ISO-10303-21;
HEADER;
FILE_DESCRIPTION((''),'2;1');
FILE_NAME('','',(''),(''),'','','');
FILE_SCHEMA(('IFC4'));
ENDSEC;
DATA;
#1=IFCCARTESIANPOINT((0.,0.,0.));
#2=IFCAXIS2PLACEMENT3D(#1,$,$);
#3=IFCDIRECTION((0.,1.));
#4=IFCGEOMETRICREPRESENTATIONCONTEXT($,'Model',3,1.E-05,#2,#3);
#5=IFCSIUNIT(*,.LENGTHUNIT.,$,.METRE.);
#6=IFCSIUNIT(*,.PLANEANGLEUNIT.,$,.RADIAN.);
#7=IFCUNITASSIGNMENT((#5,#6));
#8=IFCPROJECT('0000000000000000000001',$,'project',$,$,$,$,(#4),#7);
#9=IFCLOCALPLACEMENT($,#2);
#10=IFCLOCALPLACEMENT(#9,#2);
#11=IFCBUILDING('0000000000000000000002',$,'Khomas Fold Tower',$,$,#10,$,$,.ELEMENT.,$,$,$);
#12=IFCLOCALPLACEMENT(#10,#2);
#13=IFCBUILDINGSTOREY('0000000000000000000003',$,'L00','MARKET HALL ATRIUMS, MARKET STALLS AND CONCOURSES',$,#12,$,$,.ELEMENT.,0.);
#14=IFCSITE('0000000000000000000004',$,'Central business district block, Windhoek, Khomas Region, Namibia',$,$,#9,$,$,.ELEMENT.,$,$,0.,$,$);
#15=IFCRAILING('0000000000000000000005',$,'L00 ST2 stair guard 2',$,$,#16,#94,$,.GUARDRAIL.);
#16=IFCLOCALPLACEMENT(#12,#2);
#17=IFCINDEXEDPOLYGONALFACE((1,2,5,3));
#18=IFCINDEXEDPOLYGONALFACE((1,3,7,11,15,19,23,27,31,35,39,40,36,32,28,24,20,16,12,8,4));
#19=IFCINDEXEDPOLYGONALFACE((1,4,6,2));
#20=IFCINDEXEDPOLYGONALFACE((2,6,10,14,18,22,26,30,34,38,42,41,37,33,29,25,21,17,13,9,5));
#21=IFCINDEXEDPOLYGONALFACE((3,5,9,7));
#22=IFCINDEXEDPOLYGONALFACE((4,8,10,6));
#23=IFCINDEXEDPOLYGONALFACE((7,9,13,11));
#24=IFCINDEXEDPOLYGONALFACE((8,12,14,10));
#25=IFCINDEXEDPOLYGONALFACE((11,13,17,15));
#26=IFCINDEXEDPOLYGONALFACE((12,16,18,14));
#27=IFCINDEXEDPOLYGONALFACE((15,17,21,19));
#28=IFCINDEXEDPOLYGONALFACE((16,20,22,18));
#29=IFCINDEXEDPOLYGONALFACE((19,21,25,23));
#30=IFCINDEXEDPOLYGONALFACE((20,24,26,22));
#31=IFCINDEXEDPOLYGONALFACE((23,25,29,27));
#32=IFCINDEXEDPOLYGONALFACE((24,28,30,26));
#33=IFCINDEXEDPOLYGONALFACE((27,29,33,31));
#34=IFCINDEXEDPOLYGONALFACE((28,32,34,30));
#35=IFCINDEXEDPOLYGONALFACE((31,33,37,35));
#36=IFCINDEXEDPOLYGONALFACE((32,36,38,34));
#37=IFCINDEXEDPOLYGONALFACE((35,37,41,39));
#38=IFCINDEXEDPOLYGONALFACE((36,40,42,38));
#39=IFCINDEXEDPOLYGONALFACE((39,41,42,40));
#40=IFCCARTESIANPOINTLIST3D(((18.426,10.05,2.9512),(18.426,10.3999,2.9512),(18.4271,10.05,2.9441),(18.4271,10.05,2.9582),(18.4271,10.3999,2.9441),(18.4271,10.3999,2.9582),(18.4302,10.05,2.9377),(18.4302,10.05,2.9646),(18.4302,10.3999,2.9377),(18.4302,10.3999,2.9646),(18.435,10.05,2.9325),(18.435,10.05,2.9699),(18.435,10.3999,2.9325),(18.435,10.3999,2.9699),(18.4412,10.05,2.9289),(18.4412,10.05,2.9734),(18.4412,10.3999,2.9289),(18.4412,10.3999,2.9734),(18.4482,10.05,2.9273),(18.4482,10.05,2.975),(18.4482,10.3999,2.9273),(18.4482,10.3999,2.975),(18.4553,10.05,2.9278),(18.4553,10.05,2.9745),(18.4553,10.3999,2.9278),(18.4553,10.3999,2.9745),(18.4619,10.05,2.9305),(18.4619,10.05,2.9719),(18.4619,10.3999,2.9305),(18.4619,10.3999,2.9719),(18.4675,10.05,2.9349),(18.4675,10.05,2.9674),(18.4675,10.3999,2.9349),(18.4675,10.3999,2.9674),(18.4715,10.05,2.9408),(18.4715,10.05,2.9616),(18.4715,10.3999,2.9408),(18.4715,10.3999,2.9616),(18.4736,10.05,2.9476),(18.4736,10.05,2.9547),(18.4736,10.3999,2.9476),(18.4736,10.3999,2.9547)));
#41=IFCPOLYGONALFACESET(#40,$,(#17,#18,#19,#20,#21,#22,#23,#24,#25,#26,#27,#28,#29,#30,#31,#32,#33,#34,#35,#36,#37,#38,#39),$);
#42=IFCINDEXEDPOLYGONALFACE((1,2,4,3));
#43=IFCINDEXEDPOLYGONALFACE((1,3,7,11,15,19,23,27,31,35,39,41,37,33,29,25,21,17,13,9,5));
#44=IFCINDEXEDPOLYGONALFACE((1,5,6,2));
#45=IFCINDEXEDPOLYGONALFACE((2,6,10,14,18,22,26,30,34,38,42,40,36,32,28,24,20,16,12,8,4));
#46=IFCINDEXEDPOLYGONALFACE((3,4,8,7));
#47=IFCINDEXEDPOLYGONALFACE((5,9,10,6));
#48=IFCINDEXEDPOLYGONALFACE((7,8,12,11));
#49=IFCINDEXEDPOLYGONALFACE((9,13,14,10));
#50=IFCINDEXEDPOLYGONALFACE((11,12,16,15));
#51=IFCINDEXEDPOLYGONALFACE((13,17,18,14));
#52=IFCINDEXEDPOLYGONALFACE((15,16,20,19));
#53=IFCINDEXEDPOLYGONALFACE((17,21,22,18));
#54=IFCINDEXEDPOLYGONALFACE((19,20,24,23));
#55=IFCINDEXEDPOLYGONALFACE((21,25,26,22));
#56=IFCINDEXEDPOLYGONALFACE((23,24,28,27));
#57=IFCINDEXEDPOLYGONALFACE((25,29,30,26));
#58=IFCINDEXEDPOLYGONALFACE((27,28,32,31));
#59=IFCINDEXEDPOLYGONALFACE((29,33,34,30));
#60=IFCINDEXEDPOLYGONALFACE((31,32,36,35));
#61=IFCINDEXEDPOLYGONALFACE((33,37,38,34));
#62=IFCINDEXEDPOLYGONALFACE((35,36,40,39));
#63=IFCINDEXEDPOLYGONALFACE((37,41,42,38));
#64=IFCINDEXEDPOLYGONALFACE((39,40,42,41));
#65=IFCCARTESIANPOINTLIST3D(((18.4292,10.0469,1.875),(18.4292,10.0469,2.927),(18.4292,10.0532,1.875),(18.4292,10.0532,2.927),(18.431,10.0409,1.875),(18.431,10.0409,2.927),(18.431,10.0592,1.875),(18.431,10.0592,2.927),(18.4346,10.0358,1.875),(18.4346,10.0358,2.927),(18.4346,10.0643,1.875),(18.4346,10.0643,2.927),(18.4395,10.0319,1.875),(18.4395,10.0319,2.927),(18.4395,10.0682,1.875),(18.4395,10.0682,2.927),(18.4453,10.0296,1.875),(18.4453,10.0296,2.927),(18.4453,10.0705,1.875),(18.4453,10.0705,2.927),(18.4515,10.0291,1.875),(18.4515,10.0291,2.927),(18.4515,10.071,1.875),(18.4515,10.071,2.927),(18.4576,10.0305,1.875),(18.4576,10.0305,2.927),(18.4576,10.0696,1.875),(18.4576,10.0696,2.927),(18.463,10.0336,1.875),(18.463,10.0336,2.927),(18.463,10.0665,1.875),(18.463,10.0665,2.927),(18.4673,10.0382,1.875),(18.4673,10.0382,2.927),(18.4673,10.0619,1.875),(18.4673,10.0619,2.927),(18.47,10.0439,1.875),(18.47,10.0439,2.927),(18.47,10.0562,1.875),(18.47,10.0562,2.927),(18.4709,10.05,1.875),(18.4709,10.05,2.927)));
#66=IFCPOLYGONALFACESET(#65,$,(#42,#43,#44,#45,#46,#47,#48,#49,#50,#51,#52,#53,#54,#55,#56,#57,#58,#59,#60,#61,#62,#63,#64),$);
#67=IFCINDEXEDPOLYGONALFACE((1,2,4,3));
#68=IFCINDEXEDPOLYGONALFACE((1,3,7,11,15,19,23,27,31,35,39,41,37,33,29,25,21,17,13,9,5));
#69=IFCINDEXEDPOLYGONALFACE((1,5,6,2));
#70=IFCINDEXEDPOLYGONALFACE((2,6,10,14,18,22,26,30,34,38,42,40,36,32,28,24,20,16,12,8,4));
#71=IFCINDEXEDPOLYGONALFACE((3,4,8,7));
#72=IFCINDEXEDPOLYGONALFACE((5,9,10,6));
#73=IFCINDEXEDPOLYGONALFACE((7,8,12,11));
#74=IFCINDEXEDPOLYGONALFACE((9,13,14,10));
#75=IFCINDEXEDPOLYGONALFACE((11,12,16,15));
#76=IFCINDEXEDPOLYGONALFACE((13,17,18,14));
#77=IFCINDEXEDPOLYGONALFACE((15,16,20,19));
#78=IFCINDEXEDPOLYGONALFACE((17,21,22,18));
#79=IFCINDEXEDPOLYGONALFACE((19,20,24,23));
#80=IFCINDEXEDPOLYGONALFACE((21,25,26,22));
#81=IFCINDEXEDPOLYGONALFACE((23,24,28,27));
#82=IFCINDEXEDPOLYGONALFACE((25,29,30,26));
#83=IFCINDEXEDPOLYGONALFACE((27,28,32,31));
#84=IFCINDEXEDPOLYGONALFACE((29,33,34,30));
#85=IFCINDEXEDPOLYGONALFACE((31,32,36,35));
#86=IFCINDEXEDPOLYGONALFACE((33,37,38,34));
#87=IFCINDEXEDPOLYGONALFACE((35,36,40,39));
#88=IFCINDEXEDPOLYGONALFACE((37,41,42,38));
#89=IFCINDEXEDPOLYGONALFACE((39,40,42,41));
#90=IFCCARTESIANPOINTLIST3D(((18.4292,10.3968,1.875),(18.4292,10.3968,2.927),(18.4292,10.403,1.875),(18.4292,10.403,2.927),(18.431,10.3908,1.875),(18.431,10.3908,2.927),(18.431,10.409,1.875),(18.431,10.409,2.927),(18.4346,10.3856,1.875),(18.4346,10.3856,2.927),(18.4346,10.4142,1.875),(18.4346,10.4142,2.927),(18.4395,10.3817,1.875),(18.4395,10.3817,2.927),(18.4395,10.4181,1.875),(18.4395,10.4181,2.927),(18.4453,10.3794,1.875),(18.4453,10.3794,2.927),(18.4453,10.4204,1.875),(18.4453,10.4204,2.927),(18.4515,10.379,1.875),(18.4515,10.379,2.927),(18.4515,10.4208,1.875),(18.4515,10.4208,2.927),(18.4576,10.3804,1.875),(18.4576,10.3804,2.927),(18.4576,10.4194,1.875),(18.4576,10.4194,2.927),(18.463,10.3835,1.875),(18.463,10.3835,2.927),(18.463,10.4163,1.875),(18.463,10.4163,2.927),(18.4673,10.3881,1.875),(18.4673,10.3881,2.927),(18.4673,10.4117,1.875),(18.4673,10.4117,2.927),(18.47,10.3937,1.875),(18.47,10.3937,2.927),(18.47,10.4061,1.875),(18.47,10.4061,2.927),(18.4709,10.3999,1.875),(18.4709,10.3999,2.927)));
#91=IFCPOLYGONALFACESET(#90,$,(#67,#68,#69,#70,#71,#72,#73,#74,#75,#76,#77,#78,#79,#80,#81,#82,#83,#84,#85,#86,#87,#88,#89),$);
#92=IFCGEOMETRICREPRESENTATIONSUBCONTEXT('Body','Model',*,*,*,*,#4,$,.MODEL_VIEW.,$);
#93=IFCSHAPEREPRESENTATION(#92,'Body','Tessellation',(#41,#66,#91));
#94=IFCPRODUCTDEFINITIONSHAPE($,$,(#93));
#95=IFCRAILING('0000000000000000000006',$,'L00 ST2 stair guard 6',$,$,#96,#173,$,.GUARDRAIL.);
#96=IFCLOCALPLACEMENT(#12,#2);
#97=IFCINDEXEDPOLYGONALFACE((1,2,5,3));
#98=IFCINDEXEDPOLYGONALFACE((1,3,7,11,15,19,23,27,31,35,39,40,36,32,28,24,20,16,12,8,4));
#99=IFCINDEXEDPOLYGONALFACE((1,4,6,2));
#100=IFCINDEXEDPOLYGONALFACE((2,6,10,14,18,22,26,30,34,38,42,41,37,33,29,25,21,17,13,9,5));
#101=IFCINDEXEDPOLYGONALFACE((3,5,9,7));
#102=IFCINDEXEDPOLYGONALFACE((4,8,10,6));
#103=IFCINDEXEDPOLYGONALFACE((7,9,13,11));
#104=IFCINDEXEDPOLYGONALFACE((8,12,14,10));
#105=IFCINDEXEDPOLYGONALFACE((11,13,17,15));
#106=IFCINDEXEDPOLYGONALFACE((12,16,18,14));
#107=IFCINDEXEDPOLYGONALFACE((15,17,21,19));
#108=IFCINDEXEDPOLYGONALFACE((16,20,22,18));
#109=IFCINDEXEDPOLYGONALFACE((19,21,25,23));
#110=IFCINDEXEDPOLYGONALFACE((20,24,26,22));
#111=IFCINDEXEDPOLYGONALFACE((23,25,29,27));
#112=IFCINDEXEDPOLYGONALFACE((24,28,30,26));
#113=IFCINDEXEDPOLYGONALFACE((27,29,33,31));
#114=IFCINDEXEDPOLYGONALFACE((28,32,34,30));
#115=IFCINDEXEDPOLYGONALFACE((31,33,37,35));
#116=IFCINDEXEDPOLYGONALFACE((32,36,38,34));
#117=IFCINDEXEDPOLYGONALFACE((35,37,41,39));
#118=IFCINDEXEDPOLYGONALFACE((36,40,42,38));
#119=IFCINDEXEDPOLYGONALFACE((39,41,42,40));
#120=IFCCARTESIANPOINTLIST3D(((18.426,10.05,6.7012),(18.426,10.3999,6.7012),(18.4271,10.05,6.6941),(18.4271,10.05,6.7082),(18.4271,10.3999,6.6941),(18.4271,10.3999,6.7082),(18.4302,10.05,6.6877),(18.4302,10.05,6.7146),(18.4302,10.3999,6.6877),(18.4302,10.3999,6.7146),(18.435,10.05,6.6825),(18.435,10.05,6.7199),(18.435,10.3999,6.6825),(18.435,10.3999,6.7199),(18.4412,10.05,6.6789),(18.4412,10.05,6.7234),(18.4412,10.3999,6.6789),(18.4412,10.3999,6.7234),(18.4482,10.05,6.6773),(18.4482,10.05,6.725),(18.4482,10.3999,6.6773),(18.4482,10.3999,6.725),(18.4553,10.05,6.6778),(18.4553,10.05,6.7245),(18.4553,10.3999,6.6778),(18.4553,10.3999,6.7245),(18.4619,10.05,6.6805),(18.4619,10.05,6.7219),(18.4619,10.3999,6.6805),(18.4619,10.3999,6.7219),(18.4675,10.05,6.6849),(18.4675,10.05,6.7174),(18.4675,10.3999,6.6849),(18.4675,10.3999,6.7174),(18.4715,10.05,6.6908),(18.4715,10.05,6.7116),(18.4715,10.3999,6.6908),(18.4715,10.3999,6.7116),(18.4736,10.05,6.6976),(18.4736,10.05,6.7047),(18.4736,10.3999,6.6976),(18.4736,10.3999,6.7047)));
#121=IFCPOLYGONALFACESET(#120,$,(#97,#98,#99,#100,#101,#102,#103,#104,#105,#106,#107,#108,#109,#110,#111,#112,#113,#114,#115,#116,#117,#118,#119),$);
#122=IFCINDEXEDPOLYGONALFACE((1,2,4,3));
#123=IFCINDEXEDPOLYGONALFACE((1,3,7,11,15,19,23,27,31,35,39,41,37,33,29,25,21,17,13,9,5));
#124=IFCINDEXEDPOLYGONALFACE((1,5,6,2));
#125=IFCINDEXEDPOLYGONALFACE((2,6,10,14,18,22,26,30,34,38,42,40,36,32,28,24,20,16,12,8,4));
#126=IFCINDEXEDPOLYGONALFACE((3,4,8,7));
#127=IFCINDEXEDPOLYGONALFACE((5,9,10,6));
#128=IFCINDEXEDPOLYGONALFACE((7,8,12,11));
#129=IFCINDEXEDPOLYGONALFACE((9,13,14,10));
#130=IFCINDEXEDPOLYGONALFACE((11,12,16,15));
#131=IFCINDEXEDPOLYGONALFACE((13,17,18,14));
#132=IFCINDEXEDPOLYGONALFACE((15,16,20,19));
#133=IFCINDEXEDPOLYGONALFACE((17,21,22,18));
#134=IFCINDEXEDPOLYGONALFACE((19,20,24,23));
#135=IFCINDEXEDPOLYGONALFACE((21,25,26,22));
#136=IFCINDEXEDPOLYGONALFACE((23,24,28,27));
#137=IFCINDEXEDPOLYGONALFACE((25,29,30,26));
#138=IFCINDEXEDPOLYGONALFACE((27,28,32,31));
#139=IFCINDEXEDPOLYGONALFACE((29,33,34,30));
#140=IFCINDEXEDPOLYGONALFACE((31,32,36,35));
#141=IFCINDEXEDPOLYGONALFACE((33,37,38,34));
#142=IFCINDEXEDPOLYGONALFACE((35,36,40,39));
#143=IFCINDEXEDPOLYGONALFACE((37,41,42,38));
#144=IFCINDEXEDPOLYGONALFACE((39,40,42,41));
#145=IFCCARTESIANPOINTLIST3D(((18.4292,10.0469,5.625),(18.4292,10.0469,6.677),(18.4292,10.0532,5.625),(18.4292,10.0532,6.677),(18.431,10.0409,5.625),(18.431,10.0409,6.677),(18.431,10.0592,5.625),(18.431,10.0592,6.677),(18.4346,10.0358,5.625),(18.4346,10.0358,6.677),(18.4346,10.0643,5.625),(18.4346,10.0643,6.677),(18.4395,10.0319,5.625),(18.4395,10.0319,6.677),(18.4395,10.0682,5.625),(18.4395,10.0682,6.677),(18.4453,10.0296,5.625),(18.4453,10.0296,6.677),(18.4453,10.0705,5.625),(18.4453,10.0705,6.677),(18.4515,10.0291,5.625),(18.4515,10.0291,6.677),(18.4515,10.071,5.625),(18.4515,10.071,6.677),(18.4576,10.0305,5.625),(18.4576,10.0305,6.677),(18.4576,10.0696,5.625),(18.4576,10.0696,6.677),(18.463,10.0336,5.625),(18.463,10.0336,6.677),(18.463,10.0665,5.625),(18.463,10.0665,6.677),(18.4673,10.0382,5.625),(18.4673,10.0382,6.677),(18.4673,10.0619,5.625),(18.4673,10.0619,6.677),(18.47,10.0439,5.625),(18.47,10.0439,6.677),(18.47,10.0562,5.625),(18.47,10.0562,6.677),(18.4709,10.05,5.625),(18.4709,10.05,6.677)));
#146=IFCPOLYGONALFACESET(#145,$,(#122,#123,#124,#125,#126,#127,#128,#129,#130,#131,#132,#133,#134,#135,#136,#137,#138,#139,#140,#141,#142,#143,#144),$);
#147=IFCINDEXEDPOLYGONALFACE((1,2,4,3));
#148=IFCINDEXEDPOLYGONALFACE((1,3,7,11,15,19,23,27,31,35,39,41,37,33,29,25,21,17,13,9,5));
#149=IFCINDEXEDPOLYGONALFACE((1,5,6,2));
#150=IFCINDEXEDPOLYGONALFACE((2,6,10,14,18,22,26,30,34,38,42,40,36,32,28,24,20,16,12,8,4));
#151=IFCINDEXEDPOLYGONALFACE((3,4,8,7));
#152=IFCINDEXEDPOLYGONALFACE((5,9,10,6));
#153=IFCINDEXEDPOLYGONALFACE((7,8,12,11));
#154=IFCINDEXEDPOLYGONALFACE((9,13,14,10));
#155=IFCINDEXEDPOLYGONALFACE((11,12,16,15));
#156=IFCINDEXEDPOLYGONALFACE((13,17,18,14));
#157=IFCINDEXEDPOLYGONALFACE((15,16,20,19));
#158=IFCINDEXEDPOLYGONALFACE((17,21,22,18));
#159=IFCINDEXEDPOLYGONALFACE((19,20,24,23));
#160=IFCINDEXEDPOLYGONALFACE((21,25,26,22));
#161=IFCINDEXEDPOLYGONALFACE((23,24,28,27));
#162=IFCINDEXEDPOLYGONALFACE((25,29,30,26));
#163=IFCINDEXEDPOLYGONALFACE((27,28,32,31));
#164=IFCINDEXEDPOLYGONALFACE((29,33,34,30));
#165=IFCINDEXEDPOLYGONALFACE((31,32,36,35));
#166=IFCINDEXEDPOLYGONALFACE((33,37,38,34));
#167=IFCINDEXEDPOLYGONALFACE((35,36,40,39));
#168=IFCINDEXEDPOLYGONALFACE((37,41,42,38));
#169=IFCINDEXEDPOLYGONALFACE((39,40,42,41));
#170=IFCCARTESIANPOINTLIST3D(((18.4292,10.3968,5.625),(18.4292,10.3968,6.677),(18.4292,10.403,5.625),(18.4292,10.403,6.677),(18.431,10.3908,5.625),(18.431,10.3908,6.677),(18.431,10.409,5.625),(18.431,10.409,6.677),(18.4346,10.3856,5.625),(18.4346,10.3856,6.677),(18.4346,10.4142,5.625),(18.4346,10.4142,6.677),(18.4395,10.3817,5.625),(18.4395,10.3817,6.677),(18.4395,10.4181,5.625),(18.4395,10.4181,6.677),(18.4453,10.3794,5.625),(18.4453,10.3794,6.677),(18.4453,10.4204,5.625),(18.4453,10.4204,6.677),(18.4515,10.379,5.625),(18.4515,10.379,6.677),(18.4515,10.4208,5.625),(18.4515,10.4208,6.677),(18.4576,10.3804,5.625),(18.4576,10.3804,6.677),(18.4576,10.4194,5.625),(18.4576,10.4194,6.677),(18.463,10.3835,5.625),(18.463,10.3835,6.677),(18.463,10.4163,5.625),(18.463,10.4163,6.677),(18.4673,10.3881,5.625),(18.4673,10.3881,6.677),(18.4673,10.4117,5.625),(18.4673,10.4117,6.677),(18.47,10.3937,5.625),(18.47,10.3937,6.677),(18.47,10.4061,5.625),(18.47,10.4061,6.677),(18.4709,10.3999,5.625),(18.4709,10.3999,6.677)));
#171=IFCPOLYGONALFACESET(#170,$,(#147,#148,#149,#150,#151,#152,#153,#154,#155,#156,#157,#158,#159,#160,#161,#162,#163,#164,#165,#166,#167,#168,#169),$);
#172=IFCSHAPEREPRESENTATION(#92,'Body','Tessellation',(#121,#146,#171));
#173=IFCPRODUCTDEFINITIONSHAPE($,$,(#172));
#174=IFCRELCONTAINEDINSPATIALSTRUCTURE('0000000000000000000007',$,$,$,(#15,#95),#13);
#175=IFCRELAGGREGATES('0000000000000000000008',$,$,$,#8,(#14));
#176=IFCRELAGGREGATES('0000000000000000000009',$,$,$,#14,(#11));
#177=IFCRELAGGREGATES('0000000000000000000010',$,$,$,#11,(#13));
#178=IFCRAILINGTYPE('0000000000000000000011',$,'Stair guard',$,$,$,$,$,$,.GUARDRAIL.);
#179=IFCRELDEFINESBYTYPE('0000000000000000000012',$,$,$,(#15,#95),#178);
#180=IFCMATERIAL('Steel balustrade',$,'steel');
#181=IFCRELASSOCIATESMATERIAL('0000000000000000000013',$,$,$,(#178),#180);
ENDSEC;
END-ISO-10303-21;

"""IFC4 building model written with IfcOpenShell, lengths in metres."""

from ifc_helpers import new_model, si_unit, direction, frame, origin, origin_2d, place, context, subcontext, project, spatial, circle, extrude, source, transform, mapped, material, type_object, element, save


model = new_model("IFC4")

# Units and contexts
model_context = context("Model", 3, precision=1e-05, world=origin(), true_north=direction((0.0, 1.0)))
body_context = subcontext(model_context, "Body", "Model", "MODEL_VIEW")
ifc_project = project(units=[si_unit("LENGTHUNIT", "METRE"), si_unit("PLANEANGLEUNIT", "RADIAN")], contexts=[model_context])

# Site, building, storey
site_placement = place(None, origin())
site = spatial("IfcSite", under=ifc_project, at=site_placement, Name="Central business district block, Windhoek, Khomas Region, Namibia", CompositionType="ELEMENT", RefElevation=0.0)
building_placement = place(site_placement, origin())
building = spatial("IfcBuilding", under=site, at=building_placement, Name="Khomas Fold Tower", CompositionType="ELEMENT")
storey_placement = place(building_placement, origin())
storey = spatial("IfcBuildingStorey", under=building, at=storey_placement, Name="L00", Description="MARKET HALL ATRIUMS, MARKET STALLS AND CONCOURSES", CompositionType="ELEMENT", Elevation=0.0)

# Railings
ifc_material_1 = material(Name="Steel balustrade", Category="steel")
railing_type_1 = type_object("IfcRailingType", Name="Stair guard", PredefinedType="GUARDRAIL", material=ifc_material_1)
shared_shape_1 = source(origin(), body_context, "Body", "SweptSolid", [
    extrude(circle(Radius=0.0239, at=origin_2d()), frame((0.0, 0.0, 1.0762), z_axis=(0.0, 1.0, 0.0), x_axis=(-1.0, 0.0, 0.0)), (0.0, 0.0, 1.0), 0.3499),
    extrude(circle(Radius=0.021, at=origin_2d()), origin(), (0.0, 0.0, 1.0), 1.052),
    extrude(circle(Radius=0.021, at=origin_2d()), frame((0.0, 0.3499, 0.0)), (0.0, 0.0, 1.0), 1.052),
])
for number, where, name in (
    (1, (18.45, 10.05, 1.875), "L00 ST2 stair guard 2"),
    (2, (18.45, 10.05, 5.625), "L00 ST2 stair guard 6"),
):
    element("IfcRailing", number, at=place(storey_placement, frame(where)), inside=storey, type_object=railing_type_1, Name=name, PredefinedType="GUARDRAIL", context=body_context, shape_type="MappedRepresentation", body=[
        mapped(shared_shape_1, transform((0.0, 0.0, 0.0))),
    ])

save(model, "model.ifc")
